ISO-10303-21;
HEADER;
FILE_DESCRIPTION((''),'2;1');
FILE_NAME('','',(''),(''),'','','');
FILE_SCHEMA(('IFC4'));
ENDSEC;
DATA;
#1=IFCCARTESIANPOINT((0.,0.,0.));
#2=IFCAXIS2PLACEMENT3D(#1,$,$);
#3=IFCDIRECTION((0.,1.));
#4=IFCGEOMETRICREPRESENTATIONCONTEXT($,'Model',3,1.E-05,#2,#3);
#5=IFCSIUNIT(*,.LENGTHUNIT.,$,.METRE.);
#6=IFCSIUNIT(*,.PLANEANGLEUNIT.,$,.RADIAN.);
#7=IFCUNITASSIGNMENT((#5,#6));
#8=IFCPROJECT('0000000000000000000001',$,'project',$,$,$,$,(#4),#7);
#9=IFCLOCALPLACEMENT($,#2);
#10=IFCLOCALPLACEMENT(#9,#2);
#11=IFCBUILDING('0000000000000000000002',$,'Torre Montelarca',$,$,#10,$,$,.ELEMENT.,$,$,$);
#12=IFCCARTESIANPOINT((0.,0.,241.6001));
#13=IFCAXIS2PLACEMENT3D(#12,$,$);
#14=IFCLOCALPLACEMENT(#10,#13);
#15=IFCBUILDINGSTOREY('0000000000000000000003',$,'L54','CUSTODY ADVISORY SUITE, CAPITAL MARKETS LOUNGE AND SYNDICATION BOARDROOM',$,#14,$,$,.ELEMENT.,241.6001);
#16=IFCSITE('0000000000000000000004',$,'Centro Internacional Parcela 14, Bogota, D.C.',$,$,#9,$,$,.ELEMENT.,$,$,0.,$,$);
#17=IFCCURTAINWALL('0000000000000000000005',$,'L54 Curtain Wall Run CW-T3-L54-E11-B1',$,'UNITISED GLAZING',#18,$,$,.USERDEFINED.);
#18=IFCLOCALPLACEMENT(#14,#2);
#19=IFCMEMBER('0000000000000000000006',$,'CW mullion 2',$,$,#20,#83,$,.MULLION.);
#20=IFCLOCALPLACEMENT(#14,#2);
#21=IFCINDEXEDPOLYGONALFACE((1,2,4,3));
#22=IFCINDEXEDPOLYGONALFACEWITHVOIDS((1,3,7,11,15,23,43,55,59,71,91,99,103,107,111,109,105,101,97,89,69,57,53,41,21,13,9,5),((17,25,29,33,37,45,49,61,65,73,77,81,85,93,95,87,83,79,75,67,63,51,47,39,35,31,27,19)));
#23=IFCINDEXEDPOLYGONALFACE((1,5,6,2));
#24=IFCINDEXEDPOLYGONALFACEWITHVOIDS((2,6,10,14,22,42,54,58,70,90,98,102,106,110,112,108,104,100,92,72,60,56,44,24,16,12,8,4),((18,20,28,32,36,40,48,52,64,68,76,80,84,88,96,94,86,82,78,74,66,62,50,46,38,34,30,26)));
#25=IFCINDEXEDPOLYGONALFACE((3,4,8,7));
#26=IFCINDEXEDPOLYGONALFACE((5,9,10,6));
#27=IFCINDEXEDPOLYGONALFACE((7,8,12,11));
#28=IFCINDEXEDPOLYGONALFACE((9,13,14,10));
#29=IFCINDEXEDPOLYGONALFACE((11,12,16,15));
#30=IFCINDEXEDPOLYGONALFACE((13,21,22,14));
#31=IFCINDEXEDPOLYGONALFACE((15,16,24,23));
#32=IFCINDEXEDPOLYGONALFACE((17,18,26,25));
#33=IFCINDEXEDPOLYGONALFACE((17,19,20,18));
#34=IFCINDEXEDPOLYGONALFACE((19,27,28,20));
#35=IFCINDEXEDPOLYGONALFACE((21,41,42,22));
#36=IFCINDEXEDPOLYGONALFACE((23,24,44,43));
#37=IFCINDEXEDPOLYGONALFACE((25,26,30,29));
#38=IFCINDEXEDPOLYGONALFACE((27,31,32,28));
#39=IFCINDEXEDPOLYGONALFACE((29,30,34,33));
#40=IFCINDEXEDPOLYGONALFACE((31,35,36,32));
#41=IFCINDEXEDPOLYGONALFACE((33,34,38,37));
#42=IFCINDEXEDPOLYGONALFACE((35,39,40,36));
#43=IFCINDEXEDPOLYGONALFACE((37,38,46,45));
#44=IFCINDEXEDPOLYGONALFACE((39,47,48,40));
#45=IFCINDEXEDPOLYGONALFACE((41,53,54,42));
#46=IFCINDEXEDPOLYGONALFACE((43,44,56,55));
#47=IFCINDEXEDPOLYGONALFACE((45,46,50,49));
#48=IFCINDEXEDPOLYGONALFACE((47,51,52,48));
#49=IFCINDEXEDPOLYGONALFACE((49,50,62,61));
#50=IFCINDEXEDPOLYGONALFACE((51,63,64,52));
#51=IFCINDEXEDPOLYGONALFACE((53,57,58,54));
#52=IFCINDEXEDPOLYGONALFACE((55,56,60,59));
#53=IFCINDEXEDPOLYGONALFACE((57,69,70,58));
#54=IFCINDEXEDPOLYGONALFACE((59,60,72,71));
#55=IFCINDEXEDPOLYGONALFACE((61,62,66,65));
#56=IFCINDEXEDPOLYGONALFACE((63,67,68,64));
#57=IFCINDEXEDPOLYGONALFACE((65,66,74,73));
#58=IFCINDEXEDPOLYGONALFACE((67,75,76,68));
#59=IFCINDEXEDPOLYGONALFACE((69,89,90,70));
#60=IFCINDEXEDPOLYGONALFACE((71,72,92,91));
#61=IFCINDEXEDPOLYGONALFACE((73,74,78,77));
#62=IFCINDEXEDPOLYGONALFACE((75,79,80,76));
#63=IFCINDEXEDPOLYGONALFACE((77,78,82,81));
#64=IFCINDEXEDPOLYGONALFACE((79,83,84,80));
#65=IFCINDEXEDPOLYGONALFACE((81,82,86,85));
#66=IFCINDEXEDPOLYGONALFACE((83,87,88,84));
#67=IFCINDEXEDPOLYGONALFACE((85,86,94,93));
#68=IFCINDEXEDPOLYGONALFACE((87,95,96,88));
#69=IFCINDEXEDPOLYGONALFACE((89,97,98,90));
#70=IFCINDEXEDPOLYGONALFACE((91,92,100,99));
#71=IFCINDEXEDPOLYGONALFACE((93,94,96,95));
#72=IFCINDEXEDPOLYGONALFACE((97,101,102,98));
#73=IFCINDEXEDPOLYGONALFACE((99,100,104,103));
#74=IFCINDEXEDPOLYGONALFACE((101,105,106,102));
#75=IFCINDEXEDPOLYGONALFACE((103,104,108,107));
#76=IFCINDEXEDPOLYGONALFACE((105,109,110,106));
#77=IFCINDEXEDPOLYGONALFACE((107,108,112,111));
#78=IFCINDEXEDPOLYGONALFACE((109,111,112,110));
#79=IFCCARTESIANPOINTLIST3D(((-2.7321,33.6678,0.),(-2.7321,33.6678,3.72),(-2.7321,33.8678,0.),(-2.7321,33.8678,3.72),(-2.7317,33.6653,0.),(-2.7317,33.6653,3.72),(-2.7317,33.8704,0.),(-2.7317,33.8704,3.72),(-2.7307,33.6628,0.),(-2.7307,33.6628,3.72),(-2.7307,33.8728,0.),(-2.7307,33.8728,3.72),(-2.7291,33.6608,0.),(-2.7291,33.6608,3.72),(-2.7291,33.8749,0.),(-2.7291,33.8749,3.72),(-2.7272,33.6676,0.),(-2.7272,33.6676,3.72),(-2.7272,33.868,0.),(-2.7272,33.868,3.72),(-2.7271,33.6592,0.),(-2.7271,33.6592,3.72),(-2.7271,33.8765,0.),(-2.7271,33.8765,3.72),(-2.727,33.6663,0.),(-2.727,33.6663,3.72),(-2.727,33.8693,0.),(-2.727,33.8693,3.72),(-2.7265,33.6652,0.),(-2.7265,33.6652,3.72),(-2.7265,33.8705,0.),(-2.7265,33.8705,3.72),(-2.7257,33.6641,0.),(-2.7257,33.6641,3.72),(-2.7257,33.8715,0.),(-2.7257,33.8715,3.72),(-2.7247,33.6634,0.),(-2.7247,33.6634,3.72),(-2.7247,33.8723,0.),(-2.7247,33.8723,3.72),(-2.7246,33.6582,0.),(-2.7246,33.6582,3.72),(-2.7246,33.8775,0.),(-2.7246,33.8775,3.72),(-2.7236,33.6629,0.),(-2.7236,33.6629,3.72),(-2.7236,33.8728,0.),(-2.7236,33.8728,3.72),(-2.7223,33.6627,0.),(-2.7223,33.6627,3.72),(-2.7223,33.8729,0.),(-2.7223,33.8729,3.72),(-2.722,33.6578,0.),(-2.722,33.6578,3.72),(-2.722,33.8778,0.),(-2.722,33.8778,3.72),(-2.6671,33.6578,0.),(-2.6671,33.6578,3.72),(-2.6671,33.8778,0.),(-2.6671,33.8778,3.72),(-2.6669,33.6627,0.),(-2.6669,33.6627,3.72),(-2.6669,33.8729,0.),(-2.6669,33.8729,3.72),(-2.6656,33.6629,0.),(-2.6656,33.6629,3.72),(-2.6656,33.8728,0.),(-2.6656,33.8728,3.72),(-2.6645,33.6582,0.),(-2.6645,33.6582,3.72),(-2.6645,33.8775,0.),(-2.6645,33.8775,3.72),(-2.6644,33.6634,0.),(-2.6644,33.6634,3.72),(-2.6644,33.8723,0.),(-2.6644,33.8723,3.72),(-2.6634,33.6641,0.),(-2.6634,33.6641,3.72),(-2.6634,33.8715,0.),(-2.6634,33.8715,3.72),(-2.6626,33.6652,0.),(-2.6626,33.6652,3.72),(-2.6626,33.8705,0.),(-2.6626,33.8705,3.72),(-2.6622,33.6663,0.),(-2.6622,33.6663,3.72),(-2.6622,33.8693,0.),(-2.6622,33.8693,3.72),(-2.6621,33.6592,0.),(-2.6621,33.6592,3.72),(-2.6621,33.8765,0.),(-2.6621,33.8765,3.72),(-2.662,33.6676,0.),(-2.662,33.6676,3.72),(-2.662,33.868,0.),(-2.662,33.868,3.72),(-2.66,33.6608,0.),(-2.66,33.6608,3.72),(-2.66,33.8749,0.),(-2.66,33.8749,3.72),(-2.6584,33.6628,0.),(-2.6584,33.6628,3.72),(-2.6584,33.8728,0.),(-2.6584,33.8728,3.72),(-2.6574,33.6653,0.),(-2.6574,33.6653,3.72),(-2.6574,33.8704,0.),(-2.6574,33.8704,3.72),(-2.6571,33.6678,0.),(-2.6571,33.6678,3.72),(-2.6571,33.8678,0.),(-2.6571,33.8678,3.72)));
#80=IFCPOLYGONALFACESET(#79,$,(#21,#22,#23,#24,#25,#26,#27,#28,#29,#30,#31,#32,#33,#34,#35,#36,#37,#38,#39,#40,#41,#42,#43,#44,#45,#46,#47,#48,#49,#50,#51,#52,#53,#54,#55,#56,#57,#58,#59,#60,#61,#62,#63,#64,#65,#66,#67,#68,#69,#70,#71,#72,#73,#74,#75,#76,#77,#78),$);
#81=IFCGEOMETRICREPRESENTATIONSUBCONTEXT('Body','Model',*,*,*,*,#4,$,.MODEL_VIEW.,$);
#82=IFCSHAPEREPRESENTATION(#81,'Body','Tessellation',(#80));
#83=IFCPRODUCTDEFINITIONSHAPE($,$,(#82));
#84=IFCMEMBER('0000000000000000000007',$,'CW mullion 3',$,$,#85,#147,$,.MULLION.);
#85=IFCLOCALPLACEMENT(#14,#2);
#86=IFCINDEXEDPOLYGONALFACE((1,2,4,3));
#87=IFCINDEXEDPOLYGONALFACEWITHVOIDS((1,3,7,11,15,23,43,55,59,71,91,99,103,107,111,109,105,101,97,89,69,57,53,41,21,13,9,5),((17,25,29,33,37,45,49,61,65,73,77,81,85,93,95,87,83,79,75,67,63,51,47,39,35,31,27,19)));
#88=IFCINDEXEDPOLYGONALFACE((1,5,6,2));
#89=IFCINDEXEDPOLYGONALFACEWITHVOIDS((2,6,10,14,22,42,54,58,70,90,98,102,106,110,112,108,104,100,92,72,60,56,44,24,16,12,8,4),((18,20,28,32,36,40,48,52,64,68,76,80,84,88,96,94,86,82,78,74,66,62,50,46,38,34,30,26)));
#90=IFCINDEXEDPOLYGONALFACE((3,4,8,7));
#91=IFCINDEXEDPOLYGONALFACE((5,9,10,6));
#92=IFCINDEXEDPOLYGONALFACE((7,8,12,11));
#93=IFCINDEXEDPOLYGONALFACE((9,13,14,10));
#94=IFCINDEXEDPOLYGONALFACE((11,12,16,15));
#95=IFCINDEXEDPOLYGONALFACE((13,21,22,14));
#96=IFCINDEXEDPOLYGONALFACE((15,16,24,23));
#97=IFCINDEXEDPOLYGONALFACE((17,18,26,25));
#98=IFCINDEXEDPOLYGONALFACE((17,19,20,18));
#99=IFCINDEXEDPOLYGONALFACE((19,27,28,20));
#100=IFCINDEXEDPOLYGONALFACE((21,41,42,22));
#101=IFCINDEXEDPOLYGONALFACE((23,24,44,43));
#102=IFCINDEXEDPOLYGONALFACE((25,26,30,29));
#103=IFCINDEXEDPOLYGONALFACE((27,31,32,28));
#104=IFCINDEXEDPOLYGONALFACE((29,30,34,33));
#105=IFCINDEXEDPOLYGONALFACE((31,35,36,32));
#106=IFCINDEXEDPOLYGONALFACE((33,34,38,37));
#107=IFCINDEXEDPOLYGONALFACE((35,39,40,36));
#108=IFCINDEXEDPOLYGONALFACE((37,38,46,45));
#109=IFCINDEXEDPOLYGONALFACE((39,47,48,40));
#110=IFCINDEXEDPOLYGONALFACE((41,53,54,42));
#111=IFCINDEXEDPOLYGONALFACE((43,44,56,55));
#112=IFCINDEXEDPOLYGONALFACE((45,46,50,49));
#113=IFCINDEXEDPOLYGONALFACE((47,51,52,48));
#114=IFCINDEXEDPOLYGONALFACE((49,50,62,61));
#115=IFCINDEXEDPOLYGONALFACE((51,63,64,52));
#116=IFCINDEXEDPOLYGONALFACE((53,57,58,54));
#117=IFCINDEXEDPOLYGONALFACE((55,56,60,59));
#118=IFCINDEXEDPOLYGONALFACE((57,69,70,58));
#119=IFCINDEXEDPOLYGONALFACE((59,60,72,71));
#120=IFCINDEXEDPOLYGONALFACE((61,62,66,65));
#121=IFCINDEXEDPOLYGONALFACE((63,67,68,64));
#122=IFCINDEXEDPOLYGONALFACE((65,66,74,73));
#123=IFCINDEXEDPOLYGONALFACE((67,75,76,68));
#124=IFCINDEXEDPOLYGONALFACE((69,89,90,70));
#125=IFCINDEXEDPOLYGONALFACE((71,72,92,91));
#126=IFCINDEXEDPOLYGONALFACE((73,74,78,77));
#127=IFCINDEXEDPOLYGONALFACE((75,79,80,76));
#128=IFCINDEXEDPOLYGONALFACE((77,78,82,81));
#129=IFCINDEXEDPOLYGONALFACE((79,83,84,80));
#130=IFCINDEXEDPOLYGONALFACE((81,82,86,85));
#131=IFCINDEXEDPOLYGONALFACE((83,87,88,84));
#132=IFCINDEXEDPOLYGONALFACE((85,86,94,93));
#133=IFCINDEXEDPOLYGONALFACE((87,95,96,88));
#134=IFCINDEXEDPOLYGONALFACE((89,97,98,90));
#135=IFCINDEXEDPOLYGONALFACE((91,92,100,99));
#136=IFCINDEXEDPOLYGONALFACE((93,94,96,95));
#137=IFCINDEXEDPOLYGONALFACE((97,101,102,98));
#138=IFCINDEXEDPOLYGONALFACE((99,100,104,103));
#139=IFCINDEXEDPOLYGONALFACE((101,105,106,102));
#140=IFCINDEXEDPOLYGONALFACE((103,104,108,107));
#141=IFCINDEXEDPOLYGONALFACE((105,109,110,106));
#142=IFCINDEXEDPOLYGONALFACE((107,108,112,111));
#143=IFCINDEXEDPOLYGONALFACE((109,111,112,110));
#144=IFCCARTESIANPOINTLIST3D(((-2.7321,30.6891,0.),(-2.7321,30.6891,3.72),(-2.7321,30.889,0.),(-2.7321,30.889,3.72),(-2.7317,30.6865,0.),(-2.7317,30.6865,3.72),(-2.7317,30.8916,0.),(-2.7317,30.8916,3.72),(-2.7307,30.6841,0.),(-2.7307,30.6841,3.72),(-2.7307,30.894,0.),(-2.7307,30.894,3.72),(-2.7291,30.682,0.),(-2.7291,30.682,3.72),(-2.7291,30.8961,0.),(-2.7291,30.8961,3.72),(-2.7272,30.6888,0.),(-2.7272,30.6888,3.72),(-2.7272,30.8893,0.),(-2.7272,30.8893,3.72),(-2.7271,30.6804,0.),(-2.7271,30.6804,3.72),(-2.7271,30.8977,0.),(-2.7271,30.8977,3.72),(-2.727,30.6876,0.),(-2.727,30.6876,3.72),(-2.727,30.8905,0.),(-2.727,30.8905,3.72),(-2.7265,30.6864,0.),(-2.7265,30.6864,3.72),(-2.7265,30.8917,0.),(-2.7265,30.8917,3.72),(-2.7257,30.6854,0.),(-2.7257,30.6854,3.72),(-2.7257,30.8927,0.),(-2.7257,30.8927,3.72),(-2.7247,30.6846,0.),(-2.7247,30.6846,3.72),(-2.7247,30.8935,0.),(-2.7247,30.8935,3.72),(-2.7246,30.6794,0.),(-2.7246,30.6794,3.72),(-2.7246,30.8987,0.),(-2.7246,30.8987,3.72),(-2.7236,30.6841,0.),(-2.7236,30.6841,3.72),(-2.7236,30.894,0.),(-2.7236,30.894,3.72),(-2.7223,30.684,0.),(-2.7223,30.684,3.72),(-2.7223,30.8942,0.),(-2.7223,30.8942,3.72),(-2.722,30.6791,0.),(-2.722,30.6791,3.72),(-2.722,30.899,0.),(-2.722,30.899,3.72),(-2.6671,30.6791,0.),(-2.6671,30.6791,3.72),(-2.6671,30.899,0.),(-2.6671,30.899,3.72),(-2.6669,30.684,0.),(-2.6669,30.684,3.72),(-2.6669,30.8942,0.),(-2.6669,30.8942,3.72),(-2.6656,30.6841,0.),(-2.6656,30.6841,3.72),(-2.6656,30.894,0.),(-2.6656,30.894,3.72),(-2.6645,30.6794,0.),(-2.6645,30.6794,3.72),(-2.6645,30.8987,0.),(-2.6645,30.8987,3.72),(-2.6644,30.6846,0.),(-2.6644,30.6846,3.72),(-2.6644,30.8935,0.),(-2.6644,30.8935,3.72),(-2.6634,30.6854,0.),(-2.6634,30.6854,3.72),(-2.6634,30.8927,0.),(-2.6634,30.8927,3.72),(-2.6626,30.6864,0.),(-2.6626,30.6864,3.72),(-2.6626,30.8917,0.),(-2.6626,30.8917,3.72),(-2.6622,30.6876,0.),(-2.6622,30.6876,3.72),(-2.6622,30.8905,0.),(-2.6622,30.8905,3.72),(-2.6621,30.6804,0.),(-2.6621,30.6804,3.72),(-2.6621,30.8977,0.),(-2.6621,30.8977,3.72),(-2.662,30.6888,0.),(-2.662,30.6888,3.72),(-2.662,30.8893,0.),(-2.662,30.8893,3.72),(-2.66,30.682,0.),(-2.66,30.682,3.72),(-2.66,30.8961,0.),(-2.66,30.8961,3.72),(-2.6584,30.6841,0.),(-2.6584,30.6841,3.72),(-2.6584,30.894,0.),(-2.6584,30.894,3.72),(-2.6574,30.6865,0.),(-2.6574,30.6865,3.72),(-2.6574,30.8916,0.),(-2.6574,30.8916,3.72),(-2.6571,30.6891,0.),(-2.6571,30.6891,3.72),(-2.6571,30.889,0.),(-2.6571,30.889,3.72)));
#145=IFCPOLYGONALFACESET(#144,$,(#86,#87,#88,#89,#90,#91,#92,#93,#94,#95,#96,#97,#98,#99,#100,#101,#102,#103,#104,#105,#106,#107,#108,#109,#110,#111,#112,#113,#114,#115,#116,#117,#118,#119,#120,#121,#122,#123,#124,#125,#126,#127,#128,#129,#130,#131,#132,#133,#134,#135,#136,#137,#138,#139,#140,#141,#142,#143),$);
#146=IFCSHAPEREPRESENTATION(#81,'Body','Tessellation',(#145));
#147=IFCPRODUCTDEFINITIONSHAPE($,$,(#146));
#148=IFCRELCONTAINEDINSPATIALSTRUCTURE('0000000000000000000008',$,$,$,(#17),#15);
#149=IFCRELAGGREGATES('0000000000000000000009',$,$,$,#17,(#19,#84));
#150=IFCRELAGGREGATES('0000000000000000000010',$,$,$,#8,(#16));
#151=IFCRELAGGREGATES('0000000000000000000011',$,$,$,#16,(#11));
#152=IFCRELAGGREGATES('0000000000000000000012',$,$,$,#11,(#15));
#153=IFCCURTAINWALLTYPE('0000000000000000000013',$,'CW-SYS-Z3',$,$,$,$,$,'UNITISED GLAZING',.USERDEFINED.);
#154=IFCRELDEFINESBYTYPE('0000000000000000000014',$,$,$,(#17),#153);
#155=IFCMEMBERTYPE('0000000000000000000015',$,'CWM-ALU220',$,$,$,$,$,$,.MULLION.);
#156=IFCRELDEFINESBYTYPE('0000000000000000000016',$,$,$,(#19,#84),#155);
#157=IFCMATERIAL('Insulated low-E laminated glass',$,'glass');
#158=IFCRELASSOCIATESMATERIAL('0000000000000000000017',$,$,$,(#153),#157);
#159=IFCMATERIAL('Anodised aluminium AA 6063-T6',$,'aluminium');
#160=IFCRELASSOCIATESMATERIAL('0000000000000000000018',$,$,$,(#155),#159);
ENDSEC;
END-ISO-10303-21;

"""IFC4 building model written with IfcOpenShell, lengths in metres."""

from ifc_helpers import new_model, si_unit, direction, frame, origin, origin_2d, place, context, subcontext, project, spatial, hollow_rectangle, extrude, source, transform, mapped, material, material_profile, profile_set, type_object, element, aggregate, save


model = new_model("IFC4")

# Units and contexts
model_context = context("Model", 3, precision=1e-05, world=origin(), true_north=direction((0.0, 1.0)))
body_context = subcontext(model_context, "Body", "Model", "MODEL_VIEW")
ifc_project = project(units=[si_unit("LENGTHUNIT", "METRE"), si_unit("PLANEANGLEUNIT", "RADIAN")], contexts=[model_context])

# Site, building, storey
site_placement = place(None, origin())
site = spatial("IfcSite", under=ifc_project, at=site_placement, Name="Centro Internacional Parcela 14, Bogota, D.C.", CompositionType="ELEMENT", RefElevation=0.0)
building_placement = place(site_placement, origin())
building = spatial("IfcBuilding", under=site, at=building_placement, Name="Torre Montelarca", CompositionType="ELEMENT")
storey_placement = place(building_placement, frame((0.0, 0.0, 241.6001)))
storey = spatial("IfcBuildingStorey", under=building, at=storey_placement, Name="L54", Description="CUSTODY ADVISORY SUITE, CAPITAL MARKETS LOUNGE AND SYNDICATION BOARDROOM", CompositionType="ELEMENT", Elevation=241.6001)

# Curtain wall, members
ifc_material_1 = material(Name="Insulated low-E laminated glass", Category="glass")
curtain_wall_type = type_object("IfcCurtainWallType", Name="CW-SYS-Z3", ElementType="UNITISED GLAZING", PredefinedType="USERDEFINED", material=ifc_material_1)
curtain_wall_placement = place(storey_placement, origin())
curtain_wall = element("IfcCurtainWall", 1, at=curtain_wall_placement, inside=storey, type_object=curtain_wall_type, Name="L54 Curtain Wall Run CW-T3-L54-E11-B1", ObjectType="UNITISED GLAZING", PredefinedType="USERDEFINED")
ifc_material_2 = material(Name="Anodised aluminium AA 6063-T6", Category="aluminium")
ifc_material_profile_1 = material_profile(ifc_material_2, hollow_rectangle(XDim=0.075, YDim=0.22, WallThickness=0.0049, InnerFilletRadius=0.0049, OuterFilletRadius=0.01, at=origin_2d()), Name="ALU75X220X5", Category="aluminium")
ifc_profile_set_1 = profile_set([ifc_material_profile_1], Name="Anodised aluminium AA 6063-T6")
member_type_1 = type_object("IfcMemberType", Name="CWM-ALU220", PredefinedType="MULLION", material=ifc_profile_set_1)
shared_shape_1 = source(origin(), body_context, "Body", "SweptSolid", [
    extrude(hollow_rectangle(XDim=0.075, YDim=0.22, WallThickness=0.0049, InnerFilletRadius=0.0049, OuterFilletRadius=0.01, at=origin_2d()), origin(), (0.0, 0.0, 1.0), 3.72),
])
member_1_placement = place(storey_placement, frame((-2.6946, 33.7678, 0.0), z_axis=(0.0, 0.0, 1.0), x_axis=(1.0, 0.0, 0.0)))
member_1 = element("IfcMember", 2, at=member_1_placement, type_object=member_type_1, Name="CW mullion 2", PredefinedType="MULLION", context=body_context, shape_type="MappedRepresentation", body=[
    mapped(shared_shape_1, transform((0.0, 0.0, 0.0), scale=1.0)),
])
member_2_placement = place(storey_placement, frame((-2.6946, 30.7891, 0.0), z_axis=(0.0, 0.0, 1.0), x_axis=(1.0, 0.0, 0.0)))
member_2 = element("IfcMember", 3, at=member_2_placement, type_object=member_type_1, Name="CW mullion 3", PredefinedType="MULLION", context=body_context, shape_type="MappedRepresentation", body=[
    mapped(shared_shape_1, transform((0.0, 0.0, 0.0), scale=1.0)),
])
aggregate(curtain_wall, [member_1, member_2])

save(model, "model.ifc")
